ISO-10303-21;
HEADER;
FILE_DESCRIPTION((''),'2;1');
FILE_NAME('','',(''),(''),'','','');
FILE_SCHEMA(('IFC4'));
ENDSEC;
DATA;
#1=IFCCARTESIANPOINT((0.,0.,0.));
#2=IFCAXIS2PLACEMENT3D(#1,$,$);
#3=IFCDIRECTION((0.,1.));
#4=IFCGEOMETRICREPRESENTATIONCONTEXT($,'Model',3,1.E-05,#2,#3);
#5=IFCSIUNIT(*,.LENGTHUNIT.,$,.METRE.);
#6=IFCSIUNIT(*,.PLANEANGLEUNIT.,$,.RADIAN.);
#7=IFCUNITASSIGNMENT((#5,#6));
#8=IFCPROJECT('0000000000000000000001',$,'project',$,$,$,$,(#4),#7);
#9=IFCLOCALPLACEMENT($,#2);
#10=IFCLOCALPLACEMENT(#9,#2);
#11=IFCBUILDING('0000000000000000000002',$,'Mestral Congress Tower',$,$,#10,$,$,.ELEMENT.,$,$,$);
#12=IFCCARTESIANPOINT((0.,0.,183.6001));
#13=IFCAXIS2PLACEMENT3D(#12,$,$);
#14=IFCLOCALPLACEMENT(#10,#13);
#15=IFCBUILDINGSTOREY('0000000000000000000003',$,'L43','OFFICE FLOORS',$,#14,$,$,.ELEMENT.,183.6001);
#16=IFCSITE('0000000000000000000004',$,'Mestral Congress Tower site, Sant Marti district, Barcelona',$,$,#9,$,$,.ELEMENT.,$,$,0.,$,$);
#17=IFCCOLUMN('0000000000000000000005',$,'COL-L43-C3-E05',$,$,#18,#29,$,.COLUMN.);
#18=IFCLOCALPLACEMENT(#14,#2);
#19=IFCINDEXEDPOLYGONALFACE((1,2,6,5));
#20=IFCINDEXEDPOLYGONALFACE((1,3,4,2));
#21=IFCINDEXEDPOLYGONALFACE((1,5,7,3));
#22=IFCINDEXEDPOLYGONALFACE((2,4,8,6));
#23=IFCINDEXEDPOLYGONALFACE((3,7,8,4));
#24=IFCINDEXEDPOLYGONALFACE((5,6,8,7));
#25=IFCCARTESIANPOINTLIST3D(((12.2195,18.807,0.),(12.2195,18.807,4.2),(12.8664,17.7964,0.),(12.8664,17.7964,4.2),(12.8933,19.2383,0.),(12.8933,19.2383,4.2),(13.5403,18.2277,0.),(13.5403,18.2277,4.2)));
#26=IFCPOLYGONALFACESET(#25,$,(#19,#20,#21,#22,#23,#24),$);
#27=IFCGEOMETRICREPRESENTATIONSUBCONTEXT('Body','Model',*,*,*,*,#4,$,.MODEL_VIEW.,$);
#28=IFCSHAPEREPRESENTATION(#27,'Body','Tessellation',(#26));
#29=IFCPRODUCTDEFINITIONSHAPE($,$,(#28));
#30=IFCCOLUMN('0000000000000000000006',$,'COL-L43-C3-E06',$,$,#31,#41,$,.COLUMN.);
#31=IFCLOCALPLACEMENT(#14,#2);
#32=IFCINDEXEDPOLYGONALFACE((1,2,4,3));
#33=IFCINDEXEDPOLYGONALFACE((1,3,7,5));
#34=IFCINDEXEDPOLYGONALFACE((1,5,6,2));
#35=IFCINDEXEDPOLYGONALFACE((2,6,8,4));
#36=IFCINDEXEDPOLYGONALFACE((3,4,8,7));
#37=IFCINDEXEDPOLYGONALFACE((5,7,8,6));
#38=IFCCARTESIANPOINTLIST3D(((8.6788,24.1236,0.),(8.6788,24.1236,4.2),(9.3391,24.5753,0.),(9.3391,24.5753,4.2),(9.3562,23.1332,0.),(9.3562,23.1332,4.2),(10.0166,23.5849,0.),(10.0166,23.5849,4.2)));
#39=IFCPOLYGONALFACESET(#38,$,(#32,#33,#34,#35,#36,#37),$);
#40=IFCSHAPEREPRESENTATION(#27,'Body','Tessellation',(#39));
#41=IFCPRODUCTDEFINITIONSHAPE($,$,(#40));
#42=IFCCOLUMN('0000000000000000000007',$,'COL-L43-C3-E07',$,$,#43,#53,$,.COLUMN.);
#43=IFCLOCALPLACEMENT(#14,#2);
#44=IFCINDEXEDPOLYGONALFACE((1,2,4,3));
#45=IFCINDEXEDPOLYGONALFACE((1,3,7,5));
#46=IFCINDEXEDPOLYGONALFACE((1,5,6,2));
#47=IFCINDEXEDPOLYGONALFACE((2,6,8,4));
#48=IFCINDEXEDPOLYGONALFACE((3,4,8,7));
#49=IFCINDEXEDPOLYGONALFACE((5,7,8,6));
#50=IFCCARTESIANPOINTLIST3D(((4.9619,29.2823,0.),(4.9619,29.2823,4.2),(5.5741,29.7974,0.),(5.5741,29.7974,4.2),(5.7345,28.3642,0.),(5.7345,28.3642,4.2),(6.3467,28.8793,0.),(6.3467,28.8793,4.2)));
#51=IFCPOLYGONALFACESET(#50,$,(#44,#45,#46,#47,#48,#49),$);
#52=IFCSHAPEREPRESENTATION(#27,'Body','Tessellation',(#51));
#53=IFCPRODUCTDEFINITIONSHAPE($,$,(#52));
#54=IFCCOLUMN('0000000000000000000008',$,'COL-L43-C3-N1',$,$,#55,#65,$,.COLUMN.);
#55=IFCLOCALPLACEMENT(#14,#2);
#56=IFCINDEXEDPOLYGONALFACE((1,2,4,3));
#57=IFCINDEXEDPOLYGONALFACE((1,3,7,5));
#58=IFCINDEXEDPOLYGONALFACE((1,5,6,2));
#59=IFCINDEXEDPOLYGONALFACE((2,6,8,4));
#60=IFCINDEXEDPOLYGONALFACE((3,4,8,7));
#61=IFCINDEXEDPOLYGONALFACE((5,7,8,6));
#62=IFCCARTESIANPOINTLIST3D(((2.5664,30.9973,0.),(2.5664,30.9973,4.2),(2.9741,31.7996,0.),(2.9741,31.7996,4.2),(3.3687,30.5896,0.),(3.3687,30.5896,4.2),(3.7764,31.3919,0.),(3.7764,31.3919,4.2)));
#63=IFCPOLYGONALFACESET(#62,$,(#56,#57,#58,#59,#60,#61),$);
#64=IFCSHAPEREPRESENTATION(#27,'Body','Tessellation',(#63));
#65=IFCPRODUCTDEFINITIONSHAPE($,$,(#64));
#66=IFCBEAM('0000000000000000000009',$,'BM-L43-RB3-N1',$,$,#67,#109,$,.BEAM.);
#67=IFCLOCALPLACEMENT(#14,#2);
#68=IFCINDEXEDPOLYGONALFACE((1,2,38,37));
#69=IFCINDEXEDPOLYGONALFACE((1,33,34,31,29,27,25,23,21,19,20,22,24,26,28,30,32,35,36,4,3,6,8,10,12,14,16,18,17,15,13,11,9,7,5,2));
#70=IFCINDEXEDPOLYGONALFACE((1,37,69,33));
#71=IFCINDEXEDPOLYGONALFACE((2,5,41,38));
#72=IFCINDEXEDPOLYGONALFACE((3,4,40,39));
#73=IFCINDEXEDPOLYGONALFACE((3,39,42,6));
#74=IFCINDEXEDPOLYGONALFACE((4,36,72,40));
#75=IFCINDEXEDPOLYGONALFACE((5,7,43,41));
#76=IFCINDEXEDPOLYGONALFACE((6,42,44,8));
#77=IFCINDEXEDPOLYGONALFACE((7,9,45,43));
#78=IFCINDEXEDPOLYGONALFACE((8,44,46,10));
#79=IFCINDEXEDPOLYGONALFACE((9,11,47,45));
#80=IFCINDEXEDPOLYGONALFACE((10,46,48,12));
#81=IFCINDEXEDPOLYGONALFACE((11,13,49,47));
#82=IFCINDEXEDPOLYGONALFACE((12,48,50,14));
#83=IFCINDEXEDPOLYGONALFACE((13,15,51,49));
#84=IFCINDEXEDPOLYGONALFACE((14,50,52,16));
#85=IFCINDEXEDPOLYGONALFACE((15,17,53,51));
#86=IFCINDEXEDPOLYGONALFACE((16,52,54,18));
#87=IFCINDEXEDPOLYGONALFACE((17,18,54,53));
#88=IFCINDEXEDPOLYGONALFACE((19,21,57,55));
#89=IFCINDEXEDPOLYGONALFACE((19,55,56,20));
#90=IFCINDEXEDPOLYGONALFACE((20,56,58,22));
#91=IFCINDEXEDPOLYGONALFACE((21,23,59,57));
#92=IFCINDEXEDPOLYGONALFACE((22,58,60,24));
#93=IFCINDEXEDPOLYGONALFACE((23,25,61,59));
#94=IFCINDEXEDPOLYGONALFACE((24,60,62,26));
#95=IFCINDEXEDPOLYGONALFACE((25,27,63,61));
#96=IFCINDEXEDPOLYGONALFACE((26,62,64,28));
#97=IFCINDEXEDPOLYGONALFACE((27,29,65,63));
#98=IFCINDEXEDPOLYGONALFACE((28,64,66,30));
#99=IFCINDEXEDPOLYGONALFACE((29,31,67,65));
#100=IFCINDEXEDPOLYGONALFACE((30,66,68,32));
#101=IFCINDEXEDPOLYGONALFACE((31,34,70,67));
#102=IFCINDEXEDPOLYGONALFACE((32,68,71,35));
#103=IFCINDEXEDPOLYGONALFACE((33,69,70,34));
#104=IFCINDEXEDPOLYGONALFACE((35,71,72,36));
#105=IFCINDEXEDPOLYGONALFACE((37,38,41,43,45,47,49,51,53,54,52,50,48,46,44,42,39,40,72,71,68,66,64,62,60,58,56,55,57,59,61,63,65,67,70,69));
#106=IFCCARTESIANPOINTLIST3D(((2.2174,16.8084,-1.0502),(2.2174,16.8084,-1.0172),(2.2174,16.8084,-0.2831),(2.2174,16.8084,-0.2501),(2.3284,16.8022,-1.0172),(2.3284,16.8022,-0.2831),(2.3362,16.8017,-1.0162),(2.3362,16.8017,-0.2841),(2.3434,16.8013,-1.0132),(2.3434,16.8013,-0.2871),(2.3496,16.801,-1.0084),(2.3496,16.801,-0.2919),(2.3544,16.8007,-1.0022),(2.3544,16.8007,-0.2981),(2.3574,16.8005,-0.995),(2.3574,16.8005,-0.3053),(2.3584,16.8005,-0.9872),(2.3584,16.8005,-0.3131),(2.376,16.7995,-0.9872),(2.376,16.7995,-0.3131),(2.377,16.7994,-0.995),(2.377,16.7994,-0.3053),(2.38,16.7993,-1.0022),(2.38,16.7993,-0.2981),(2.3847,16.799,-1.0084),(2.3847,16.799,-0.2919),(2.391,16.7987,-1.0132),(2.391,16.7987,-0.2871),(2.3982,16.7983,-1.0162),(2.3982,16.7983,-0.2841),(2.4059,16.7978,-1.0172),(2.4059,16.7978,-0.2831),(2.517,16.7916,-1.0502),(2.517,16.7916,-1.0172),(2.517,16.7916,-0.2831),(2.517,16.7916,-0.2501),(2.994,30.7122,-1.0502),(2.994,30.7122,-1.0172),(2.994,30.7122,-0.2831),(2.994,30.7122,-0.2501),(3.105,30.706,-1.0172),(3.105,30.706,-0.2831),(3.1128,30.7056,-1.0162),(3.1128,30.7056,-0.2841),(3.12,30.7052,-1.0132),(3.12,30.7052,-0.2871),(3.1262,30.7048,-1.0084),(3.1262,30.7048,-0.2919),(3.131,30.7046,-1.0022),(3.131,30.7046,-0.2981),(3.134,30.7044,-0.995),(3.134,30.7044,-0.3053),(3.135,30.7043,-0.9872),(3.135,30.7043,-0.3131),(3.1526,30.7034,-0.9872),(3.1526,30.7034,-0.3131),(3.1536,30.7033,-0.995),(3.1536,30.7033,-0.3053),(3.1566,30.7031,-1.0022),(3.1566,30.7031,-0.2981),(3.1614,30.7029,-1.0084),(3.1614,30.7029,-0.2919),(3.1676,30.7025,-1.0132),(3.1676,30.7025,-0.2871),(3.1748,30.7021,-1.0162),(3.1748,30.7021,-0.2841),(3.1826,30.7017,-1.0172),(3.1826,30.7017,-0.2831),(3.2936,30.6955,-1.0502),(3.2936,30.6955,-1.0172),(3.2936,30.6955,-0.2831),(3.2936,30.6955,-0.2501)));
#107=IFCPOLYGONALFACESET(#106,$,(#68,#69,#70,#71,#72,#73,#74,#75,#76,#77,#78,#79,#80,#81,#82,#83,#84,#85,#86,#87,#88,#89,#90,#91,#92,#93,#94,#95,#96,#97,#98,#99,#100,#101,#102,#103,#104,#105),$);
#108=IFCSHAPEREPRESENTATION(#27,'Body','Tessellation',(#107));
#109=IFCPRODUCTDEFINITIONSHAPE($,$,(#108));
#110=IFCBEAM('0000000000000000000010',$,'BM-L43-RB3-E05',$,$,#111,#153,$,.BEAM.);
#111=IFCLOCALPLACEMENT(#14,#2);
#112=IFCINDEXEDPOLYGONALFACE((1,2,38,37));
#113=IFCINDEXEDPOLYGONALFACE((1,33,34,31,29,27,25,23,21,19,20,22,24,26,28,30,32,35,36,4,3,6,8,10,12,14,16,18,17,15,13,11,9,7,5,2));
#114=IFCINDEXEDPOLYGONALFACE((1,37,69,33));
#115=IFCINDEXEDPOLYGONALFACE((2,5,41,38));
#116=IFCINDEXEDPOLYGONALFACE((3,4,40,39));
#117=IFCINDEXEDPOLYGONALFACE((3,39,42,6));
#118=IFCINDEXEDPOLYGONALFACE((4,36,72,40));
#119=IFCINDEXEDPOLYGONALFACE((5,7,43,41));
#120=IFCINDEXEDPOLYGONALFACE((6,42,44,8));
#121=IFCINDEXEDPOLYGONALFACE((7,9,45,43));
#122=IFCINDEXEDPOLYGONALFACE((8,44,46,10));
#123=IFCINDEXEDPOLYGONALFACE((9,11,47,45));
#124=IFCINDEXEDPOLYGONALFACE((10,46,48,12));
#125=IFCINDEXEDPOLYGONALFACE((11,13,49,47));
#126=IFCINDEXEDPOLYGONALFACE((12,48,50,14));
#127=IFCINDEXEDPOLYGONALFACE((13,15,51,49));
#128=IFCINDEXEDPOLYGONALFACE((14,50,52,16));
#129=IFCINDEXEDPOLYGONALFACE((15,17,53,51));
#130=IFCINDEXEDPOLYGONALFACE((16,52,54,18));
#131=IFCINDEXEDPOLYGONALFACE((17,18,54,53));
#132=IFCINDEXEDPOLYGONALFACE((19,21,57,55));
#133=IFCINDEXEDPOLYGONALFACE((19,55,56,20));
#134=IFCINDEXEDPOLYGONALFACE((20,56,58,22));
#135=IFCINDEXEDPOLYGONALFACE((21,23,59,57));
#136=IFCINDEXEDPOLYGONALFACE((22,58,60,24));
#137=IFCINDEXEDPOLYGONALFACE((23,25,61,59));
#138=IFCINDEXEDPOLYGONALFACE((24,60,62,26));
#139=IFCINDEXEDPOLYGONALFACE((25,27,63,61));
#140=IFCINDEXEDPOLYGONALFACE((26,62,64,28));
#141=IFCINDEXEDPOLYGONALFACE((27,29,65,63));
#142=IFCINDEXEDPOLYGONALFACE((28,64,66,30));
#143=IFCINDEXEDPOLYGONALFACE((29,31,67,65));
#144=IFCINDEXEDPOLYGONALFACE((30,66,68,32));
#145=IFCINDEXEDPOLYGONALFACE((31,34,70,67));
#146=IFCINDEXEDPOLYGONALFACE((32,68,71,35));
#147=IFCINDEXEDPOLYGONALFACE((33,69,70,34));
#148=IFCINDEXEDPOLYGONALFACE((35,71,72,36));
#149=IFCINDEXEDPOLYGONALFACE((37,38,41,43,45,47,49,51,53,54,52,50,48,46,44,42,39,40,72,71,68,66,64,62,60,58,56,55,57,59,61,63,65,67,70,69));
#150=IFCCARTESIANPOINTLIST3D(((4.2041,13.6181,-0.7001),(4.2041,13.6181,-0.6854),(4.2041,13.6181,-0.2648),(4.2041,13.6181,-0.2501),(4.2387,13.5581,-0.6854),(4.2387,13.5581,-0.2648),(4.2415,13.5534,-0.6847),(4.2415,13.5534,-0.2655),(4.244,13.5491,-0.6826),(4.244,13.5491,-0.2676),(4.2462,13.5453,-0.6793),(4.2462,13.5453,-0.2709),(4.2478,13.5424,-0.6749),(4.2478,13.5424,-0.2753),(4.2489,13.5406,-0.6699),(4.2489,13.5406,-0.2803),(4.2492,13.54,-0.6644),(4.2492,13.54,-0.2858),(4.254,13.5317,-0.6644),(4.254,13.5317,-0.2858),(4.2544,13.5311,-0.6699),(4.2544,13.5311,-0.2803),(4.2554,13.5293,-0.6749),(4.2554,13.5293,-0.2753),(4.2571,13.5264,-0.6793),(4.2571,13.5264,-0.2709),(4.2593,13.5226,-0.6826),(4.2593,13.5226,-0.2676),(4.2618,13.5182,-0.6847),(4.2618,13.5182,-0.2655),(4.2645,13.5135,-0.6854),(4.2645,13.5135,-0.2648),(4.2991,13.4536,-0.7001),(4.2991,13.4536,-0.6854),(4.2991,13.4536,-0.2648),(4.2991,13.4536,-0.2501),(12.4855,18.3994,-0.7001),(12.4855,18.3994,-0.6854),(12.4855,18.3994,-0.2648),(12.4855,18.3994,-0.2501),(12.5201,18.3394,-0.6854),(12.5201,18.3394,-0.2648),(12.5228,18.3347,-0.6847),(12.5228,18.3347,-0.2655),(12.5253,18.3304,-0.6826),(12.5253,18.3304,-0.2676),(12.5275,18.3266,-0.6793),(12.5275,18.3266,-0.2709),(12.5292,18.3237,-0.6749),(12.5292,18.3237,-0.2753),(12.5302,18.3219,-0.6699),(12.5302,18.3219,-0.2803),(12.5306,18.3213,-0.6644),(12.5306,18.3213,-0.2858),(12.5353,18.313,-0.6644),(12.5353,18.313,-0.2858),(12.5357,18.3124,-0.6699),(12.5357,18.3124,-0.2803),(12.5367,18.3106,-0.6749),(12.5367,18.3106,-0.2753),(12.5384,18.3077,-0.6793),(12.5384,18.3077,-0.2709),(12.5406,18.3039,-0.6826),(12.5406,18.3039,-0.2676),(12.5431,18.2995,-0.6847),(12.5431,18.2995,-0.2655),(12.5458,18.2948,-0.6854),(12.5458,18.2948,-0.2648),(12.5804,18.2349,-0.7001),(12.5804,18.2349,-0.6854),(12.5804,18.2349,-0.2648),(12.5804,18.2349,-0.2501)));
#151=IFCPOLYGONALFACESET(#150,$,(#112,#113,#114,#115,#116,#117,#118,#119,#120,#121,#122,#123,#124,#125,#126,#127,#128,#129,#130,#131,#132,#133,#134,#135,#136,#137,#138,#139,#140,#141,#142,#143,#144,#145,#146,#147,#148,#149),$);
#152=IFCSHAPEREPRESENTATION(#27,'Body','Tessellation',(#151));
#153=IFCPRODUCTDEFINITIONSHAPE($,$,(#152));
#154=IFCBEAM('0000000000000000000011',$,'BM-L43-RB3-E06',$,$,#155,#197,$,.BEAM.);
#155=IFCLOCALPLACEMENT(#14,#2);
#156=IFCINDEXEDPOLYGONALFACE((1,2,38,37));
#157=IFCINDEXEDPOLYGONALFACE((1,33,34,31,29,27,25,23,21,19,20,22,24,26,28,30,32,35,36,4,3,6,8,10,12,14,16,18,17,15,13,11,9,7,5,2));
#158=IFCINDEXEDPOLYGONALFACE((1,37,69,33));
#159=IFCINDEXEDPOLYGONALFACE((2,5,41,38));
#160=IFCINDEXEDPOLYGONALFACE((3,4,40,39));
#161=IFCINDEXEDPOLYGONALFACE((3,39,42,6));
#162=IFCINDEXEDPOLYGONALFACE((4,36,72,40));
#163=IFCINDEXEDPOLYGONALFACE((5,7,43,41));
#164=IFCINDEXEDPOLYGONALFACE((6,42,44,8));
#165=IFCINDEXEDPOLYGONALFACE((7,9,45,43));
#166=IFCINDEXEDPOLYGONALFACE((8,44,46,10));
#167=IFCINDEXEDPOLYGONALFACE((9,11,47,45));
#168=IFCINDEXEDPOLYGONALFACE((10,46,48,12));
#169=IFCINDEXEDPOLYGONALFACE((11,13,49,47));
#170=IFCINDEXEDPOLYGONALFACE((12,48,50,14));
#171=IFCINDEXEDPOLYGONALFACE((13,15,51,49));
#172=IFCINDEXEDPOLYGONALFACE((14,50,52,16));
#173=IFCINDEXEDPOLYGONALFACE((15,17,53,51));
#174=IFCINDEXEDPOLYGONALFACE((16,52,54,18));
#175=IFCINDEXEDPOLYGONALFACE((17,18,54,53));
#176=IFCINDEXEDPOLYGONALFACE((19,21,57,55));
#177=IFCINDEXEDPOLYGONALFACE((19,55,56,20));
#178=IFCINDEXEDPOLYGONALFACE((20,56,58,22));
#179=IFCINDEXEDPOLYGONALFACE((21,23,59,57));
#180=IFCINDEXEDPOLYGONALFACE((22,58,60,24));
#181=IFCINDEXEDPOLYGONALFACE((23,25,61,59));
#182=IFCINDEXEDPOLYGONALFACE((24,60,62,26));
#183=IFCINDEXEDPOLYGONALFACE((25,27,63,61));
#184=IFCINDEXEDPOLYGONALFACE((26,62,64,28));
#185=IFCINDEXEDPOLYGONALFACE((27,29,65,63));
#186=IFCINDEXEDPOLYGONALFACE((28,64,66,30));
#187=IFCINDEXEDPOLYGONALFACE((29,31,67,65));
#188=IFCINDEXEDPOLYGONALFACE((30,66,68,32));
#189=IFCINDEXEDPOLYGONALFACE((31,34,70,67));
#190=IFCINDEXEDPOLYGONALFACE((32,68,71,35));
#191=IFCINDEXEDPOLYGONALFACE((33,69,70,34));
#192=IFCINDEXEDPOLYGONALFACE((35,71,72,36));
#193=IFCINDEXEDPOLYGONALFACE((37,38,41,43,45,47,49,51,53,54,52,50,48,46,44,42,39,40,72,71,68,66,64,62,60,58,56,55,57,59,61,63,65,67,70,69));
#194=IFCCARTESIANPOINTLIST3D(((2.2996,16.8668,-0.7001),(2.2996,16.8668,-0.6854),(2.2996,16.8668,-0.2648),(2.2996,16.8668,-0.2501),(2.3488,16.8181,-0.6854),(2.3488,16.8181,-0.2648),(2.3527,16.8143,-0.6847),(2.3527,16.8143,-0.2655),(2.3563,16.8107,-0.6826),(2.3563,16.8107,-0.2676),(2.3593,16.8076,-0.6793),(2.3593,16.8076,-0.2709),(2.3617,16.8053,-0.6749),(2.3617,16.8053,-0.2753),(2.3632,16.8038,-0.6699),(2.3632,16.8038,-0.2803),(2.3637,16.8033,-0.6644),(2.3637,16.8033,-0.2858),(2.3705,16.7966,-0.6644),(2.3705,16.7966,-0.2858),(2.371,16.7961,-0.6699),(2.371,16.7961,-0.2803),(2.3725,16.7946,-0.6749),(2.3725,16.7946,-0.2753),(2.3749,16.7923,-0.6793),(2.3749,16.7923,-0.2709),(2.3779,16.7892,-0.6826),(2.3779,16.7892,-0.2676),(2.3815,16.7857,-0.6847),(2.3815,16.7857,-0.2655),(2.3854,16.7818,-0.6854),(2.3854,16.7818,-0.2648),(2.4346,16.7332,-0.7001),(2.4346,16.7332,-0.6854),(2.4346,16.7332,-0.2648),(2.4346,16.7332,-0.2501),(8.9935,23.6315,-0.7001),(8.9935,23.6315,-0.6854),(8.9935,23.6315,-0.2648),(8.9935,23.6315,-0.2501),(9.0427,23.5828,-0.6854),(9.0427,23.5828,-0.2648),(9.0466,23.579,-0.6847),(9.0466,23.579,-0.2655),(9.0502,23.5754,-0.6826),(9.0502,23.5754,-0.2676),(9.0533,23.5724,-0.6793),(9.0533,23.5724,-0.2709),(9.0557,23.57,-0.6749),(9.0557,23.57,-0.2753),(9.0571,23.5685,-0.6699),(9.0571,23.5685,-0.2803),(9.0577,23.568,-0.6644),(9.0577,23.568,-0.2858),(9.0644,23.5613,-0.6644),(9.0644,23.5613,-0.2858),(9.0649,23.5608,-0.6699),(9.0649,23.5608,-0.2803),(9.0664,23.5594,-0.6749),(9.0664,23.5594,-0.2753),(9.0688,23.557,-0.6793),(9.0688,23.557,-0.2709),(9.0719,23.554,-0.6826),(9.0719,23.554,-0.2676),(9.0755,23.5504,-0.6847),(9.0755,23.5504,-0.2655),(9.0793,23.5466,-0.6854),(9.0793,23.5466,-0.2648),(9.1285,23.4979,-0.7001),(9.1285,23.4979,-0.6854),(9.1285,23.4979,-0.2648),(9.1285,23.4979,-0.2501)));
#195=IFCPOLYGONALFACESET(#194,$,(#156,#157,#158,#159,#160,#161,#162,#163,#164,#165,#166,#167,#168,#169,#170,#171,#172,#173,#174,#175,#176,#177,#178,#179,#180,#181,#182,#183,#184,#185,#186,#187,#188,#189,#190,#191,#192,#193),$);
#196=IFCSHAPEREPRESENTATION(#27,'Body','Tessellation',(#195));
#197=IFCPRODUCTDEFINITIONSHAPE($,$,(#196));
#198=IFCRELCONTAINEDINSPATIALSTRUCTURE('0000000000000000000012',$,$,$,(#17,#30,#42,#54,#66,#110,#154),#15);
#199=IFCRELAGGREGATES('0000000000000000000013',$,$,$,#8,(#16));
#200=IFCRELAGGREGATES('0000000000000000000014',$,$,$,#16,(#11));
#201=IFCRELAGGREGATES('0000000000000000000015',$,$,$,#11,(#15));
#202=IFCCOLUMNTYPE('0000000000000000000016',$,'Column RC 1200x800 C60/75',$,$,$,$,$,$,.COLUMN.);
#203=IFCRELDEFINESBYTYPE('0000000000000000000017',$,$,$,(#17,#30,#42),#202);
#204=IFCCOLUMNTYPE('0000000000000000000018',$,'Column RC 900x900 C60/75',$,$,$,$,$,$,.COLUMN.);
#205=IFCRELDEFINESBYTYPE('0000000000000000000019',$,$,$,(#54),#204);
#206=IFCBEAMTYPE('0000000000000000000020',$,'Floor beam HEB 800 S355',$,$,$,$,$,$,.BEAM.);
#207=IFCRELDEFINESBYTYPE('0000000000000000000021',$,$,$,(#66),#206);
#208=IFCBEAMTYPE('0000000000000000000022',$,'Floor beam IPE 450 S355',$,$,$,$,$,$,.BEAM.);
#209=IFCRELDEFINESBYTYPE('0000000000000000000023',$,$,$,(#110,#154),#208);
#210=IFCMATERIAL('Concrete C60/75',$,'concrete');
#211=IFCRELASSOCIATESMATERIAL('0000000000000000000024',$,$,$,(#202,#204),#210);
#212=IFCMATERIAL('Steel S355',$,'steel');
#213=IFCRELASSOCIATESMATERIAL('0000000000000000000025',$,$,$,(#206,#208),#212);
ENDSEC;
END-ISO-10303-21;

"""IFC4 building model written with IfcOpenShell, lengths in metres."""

from ifc_helpers import new_model, si_unit, direction, frame, origin, origin_2d, place, context, subcontext, project, spatial, rectangle, i_section, extrude, material, material_profile, profile_set, type_object, element, save


model = new_model("IFC4")

# Units and contexts
model_context = context("Model", 3, precision=1e-05, world=origin(), true_north=direction((0.0, 1.0)))
body_context = subcontext(model_context, "Body", "Model", "MODEL_VIEW")
ifc_project = project(units=[si_unit("LENGTHUNIT", "METRE"), si_unit("PLANEANGLEUNIT", "RADIAN")], contexts=[model_context])

# Site, building, storey
site_placement = place(None, origin())
site = spatial("IfcSite", under=ifc_project, at=site_placement, Name="Mestral Congress Tower site, Sant Marti district, Barcelona", CompositionType="ELEMENT", RefElevation=0.0)
building_placement = place(site_placement, origin())
building = spatial("IfcBuilding", under=site, at=building_placement, Name="Mestral Congress Tower", CompositionType="ELEMENT")
storey_placement = place(building_placement, frame((0.0, 0.0, 183.6001)))
storey = spatial("IfcBuildingStorey", under=building, at=storey_placement, Name="L43", Description="OFFICE FLOORS", CompositionType="ELEMENT", Elevation=183.6001)

# Columns
ifc_material_1 = material(Name="Concrete C60/75", Category="concrete")
ifc_material_profile_1 = material_profile(ifc_material_1, rectangle(XDim=1.2, YDim=0.8, at=origin_2d()), Name="RC 1200x800")
ifc_profile_set_1 = profile_set([ifc_material_profile_1], Name="Concrete C60/75")
column_type_1 = type_object("IfcColumnType", Name="Column RC 1200x800 C60/75", PredefinedType="COLUMN", material=ifc_profile_set_1)
for number, where, z_axis, x_axis, name in (
    (1, (12.8799, 18.5173, 0.0), (0.0, 0.0, 1.0), (-0.539115, 0.842232, 0.0), "COL-L43-C3-E05"),
    (2, (9.3477, 23.8542, 0.0), (0.0, 0.0, 1.0), (-0.564568, 0.825387, 0.0), "COL-L43-C3-E06"),
    (3, (5.6543, 29.0808, 0.0), (0.0, 0.0, 1.0), (-0.643827, 0.765171, 0.0), "COL-L43-C3-E07"),
):
    element("IfcColumn", number, at=place(storey_placement, frame(where, z_axis=z_axis, x_axis=x_axis)), inside=storey, type_object=column_type_1, Name=name, PredefinedType="COLUMN", context=body_context, shape_type="SweptSolid", body=[
        extrude(rectangle(XDim=1.2, YDim=0.8, at=origin_2d()), origin(), (0.0, 0.0, 1.0), 4.2),
    ])
ifc_material_profile_2 = material_profile(ifc_material_1, rectangle(XDim=0.8999, YDim=0.8999, at=origin_2d()), Name="RC 900x900")
ifc_profile_set_2 = profile_set([ifc_material_profile_2], Name="Concrete C60/75")
column_type_2 = type_object("IfcColumnType", Name="Column RC 900x900 C60/75", PredefinedType="COLUMN", material=ifc_profile_set_2)
column_placement = place(storey_placement, frame((3.1714, 31.1946, 0.0), z_axis=(0.0, 0.0, 1.0), x_axis=(-0.891486, 0.453048, 0.0)))
element("IfcColumn", 4, at=column_placement, inside=storey, type_object=column_type_2, Name="COL-L43-C3-N1", PredefinedType="COLUMN", context=body_context, shape_type="SweptSolid", body=[
    extrude(rectangle(XDim=0.8999, YDim=0.8999, at=origin_2d()), origin(), (0.0, 0.0, 1.0), 4.2),
])

# Beams
ifc_material_2 = material(Name="Steel S355", Category="steel")
ifc_material_profile_3 = material_profile(ifc_material_2, i_section(OverallWidth=0.3, OverallDepth=0.8, WebThickness=0.0176, FlangeThickness=0.033, FilletRadius=0.03, at=origin_2d()), Name="HEB 800")
ifc_profile_set_3 = profile_set([ifc_material_profile_3], Name="Steel S355")
beam_type_1 = type_object("IfcBeamType", Name="Floor beam HEB 800 S355", PredefinedType="BEAM", material=ifc_profile_set_3)
beam_1_placement = place(storey_placement, frame((3.1438, 30.7039, -0.6501), z_axis=(-0.055769, -0.998444, 0.0), x_axis=(0.998444, -0.055769, 0.0)))
element("IfcBeam", 5, at=beam_1_placement, inside=storey, type_object=beam_type_1, Name="BM-L43-RB3-N1", PredefinedType="BEAM", context=body_context, shape_type="SweptSolid", body=[
    extrude(i_section(OverallWidth=0.3, OverallDepth=0.8, WebThickness=0.0176, FlangeThickness=0.033, FilletRadius=0.03, at=origin_2d()), origin(), (0.0, 0.0, 1.0), 13.9255),
])
ifc_material_profile_4 = material_profile(ifc_material_2, i_section(OverallWidth=0.1899, OverallDepth=0.45, WebThickness=0.0095, FlangeThickness=0.0146, FilletRadius=0.021, at=origin_2d()), Name="IPE 450")
ifc_profile_set_4 = profile_set([ifc_material_profile_4], Name="Steel S355")
beam_type_2 = type_object("IfcBeamType", Name="Floor beam IPE 450 S355", PredefinedType="BEAM", material=ifc_profile_set_4)
beam_2_placement = place(storey_placement, frame((12.533, 18.3171, -0.4751), z_axis=(-0.866022, -0.500005, 0.0), x_axis=(0.500005, -0.866022, 0.0)))
element("IfcBeam", 6, at=beam_2_placement, inside=storey, type_object=beam_type_2, Name="BM-L43-RB3-E05", PredefinedType="BEAM", context=body_context, shape_type="SweptSolid", body=[
    extrude(i_section(OverallWidth=0.1899, OverallDepth=0.45, WebThickness=0.0095, FlangeThickness=0.0146, FilletRadius=0.021, at=origin_2d()), origin(), (0.0, 0.0, 1.0), 9.5625),
])
beam_3_placement = place(storey_placement, frame((9.061, 23.5647, -0.4751), z_axis=(-0.703377, -0.710817, 0.0), x_axis=(0.710817, -0.703377, 0.0)))
element("IfcBeam", 7, at=beam_3_placement, inside=storey, type_object=beam_type_2, Name="BM-L43-RB3-E06", PredefinedType="BEAM", context=body_context, shape_type="SweptSolid", body=[
    extrude(i_section(OverallWidth=0.1899, OverallDepth=0.45, WebThickness=0.0095, FlangeThickness=0.0146, FilletRadius=0.021, at=origin_2d()), origin(), (0.0, 0.0, 1.0), 9.5168),
])

save(model, "model.ifc")
